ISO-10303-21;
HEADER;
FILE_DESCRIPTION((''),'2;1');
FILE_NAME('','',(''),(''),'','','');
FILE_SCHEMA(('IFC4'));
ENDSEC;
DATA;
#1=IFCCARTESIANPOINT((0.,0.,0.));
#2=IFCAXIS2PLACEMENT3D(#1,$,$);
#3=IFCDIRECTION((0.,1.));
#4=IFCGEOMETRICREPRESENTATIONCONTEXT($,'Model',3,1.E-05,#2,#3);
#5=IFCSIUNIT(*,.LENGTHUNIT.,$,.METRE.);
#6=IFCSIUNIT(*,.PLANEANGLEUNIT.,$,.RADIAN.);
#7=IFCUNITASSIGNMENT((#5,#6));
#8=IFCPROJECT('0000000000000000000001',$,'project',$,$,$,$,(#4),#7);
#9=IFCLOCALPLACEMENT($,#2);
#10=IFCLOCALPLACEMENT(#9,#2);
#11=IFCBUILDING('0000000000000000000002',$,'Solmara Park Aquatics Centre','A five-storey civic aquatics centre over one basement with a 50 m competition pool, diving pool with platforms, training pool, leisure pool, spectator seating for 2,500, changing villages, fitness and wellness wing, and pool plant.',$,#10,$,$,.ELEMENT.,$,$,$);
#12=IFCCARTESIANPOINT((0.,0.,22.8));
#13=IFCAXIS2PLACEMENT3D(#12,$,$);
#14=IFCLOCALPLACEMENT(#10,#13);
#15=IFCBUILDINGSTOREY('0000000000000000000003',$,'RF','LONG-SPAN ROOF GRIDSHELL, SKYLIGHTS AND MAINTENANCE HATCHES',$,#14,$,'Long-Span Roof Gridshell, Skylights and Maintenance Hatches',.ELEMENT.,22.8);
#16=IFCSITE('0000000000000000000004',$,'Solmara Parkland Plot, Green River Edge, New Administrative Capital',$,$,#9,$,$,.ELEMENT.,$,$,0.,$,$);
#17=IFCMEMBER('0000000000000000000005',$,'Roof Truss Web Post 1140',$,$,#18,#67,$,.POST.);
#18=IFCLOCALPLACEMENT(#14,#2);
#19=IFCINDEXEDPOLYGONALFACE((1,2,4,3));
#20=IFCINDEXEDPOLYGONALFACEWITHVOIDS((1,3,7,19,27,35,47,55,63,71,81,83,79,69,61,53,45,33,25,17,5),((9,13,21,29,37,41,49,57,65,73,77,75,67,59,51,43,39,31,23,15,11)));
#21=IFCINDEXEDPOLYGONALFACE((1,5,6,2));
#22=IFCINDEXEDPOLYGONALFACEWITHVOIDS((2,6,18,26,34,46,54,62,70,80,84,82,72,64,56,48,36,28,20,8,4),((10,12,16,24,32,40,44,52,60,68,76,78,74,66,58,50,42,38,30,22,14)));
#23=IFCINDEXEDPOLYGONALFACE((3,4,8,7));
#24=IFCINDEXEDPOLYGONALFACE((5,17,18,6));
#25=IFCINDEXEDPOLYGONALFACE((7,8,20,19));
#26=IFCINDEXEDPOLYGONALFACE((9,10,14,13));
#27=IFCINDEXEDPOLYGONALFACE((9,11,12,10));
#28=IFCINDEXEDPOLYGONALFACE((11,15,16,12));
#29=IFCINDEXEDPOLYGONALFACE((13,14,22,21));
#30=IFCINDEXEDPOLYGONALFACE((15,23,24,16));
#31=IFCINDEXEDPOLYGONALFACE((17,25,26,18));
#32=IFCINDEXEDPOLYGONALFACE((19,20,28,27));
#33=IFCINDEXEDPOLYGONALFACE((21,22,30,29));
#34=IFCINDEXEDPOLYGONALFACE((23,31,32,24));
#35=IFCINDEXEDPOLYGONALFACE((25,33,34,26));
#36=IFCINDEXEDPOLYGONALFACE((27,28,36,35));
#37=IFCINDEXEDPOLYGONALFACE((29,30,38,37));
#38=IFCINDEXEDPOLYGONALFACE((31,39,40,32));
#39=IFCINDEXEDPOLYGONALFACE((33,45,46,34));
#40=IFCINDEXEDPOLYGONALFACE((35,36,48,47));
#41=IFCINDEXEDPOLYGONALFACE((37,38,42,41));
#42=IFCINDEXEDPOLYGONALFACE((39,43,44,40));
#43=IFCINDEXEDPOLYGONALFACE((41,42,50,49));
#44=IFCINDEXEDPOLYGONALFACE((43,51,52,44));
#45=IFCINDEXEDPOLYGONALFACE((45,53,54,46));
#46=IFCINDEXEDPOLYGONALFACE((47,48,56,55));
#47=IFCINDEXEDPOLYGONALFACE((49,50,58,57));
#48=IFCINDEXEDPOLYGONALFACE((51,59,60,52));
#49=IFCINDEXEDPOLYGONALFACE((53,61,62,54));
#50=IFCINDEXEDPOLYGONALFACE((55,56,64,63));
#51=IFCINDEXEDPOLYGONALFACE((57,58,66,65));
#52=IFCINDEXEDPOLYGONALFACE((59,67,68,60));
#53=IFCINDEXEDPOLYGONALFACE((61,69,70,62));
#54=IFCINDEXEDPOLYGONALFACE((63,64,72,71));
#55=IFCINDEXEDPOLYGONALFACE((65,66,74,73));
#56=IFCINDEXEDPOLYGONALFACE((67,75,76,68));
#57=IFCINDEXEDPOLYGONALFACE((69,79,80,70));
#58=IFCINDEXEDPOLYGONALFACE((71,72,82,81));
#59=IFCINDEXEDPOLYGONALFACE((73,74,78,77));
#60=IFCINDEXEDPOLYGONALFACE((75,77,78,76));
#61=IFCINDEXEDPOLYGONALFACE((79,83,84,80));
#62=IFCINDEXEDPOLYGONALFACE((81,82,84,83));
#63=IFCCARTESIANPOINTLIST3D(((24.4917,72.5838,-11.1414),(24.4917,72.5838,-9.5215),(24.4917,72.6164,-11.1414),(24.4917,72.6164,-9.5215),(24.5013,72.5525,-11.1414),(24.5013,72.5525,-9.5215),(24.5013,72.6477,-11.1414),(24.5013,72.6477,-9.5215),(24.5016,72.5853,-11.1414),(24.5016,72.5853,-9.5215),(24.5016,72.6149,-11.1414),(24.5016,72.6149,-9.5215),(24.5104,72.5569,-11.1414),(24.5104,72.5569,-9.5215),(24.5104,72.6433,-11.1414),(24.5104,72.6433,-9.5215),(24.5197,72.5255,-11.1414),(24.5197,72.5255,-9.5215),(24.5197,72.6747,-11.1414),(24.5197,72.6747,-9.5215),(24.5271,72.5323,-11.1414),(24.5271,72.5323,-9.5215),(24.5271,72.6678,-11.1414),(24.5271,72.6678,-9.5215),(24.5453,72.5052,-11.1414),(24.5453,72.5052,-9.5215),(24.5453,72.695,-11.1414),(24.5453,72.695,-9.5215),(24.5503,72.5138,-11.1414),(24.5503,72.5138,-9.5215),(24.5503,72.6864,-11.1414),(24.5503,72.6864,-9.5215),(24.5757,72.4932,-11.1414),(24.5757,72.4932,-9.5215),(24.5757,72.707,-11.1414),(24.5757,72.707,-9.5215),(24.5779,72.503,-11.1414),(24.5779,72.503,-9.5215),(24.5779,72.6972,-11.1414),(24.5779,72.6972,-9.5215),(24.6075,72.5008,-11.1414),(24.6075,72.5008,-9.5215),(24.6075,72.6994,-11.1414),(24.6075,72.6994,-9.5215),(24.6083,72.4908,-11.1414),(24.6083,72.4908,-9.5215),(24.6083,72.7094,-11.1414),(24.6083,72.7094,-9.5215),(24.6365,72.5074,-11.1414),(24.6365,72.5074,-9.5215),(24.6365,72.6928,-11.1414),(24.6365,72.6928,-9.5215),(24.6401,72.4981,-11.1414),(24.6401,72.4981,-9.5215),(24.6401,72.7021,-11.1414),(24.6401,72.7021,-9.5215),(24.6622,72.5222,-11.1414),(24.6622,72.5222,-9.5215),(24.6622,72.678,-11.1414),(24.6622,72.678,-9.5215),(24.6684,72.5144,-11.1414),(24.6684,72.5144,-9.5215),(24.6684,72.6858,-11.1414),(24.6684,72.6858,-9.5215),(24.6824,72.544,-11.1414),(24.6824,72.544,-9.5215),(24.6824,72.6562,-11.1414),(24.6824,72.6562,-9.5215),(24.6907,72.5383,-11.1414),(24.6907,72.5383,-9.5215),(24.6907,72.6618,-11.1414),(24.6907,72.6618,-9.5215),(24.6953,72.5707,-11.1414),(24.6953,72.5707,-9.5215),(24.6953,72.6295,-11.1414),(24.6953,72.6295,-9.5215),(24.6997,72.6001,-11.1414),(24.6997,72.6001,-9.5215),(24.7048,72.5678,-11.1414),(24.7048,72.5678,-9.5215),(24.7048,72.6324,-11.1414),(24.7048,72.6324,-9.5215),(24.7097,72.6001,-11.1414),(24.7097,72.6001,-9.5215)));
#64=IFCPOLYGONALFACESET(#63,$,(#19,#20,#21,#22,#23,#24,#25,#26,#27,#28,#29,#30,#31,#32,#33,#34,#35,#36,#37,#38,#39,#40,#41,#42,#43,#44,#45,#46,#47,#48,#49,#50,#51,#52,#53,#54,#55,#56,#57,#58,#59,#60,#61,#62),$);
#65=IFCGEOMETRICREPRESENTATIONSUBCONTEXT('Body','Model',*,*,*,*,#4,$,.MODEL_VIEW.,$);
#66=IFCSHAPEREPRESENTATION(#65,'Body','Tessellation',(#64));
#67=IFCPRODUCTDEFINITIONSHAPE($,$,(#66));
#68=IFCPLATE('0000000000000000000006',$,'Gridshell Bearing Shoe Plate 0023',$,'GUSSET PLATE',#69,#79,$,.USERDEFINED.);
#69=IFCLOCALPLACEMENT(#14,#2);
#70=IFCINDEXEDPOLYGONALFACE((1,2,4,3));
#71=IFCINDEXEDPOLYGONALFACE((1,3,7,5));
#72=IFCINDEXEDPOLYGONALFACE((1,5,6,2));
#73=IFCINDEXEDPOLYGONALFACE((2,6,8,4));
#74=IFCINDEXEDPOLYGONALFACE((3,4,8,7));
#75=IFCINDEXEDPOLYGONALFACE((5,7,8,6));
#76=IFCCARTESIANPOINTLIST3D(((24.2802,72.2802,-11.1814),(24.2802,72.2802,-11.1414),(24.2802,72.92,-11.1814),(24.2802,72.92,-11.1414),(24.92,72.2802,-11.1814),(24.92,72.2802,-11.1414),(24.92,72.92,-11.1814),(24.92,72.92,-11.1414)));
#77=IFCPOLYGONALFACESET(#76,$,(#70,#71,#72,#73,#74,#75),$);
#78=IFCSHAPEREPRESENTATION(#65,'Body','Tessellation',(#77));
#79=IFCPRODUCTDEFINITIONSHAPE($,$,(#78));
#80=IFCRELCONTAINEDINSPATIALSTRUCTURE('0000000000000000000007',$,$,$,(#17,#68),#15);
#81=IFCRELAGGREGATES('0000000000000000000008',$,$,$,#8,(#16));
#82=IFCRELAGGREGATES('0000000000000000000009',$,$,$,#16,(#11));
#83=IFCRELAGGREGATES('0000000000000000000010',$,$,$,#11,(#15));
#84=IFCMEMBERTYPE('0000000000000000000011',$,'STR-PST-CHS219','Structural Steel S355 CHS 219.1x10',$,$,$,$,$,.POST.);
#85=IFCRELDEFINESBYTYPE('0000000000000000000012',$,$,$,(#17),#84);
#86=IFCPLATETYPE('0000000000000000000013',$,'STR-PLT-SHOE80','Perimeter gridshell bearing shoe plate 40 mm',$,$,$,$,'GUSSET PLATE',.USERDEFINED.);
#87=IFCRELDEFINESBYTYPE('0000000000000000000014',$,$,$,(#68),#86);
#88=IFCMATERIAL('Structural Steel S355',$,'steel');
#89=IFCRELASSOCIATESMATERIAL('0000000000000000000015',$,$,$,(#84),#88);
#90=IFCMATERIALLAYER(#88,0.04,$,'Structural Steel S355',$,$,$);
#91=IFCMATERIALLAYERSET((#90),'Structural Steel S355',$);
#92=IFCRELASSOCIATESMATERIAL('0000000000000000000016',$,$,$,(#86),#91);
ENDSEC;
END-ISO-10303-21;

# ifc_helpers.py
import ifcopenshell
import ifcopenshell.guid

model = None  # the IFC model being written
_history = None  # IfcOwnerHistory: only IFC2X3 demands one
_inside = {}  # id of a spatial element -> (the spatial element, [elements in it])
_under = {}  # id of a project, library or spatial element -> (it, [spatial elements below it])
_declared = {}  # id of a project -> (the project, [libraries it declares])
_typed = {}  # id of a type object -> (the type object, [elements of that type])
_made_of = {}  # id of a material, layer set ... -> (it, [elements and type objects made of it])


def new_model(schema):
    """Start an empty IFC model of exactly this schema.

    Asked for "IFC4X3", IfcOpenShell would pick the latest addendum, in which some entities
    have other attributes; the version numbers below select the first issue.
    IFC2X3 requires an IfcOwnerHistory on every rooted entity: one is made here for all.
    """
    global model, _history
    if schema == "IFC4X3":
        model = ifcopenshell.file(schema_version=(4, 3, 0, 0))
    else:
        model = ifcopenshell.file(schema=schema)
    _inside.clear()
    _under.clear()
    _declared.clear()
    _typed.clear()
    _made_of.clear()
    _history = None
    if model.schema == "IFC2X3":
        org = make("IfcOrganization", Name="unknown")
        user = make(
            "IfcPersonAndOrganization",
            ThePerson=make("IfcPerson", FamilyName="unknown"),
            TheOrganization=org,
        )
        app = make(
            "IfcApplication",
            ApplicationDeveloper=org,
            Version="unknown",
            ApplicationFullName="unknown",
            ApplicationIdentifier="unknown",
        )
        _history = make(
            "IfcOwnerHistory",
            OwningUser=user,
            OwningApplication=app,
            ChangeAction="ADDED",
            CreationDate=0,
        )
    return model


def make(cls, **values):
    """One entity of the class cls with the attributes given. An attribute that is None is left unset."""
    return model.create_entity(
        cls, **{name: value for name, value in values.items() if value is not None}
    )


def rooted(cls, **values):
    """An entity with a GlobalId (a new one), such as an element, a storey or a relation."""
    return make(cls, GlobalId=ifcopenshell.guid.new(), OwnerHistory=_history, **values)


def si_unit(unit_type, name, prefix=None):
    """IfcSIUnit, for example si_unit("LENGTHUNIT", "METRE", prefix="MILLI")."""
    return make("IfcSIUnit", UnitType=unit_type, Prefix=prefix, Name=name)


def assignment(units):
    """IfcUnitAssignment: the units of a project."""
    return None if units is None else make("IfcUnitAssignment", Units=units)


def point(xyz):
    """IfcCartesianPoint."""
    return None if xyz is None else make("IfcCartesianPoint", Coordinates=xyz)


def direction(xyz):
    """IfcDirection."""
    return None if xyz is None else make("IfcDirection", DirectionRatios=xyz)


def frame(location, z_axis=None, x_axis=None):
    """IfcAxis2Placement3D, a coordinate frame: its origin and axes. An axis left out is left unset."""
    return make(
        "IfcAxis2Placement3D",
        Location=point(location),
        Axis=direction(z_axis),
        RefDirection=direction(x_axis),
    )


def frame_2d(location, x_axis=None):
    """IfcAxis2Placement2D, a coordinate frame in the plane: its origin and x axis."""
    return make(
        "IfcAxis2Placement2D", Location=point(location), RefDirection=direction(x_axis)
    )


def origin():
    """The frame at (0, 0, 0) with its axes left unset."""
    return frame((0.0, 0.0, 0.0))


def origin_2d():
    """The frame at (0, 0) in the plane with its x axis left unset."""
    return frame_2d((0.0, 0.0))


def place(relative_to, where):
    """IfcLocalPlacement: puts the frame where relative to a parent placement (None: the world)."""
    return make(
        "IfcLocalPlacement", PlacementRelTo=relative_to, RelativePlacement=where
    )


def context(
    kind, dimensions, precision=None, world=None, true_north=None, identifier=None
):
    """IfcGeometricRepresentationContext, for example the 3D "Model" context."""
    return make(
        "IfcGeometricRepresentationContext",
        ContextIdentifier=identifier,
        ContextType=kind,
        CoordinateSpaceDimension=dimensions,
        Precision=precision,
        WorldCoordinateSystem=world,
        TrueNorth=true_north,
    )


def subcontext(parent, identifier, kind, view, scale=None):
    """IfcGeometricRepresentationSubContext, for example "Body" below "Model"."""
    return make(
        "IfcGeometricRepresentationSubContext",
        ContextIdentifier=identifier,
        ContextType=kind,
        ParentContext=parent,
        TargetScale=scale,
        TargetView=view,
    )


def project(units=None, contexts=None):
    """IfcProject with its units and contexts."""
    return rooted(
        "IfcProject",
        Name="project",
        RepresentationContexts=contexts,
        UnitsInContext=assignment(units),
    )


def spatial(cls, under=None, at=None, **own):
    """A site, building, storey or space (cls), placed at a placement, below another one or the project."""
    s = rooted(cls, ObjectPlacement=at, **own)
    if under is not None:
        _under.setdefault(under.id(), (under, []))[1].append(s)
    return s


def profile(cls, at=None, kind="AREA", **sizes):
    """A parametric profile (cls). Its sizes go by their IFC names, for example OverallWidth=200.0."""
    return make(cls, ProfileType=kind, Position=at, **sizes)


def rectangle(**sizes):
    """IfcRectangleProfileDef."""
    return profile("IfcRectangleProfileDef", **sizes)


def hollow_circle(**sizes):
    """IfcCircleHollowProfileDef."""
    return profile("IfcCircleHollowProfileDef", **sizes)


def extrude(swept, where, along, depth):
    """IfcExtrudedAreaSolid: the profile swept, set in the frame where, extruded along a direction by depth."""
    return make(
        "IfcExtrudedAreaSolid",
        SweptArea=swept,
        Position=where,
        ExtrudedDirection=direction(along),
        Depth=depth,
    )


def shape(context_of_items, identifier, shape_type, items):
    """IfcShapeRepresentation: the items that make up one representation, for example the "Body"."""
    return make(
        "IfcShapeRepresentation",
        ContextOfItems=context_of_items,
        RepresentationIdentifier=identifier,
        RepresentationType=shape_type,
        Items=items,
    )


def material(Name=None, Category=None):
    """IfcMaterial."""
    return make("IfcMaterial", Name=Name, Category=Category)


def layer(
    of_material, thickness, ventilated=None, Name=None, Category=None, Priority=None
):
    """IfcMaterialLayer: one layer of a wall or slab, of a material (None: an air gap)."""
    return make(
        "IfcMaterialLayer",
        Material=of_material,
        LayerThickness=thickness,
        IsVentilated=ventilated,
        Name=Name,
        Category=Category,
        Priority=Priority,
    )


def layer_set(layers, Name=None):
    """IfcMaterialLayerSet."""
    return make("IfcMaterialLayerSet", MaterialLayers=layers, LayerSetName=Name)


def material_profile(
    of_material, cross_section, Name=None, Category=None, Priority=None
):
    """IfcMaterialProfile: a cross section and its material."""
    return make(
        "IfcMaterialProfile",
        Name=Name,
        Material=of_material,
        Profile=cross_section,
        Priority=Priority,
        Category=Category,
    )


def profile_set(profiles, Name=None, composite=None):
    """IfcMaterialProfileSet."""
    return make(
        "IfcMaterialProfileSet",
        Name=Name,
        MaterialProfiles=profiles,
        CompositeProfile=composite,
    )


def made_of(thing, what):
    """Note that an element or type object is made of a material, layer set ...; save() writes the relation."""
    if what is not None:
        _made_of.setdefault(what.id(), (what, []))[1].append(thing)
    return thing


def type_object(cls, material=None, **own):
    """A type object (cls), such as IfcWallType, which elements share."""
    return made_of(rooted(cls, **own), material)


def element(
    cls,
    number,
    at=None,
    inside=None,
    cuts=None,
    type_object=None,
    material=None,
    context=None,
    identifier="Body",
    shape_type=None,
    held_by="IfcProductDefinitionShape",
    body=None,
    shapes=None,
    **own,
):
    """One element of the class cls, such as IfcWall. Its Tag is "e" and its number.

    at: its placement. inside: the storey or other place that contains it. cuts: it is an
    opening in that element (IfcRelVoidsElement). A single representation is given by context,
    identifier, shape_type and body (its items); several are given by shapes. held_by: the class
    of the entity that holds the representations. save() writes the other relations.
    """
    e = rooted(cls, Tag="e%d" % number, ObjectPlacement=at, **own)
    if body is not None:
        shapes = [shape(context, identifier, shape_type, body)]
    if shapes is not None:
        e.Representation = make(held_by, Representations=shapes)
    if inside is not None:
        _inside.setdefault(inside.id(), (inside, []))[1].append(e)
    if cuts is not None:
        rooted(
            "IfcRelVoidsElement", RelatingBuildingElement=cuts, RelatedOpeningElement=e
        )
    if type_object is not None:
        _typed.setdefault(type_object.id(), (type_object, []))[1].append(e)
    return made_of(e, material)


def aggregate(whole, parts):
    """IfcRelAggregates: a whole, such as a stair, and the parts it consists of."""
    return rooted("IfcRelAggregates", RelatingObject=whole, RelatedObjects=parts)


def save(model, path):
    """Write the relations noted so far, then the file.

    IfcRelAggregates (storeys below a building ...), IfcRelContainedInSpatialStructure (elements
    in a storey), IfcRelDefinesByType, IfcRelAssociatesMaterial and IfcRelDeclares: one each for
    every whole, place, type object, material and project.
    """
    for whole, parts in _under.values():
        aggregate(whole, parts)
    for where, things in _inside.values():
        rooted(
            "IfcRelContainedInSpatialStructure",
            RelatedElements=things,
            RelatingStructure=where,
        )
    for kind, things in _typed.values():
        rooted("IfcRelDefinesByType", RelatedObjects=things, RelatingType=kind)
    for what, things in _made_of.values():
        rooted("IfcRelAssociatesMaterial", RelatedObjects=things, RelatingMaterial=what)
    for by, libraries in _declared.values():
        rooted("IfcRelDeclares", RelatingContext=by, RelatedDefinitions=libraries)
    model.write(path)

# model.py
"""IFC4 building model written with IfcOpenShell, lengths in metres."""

from ifc_helpers import new_model, si_unit, direction, frame, origin, origin_2d, place, context, subcontext, project, spatial, rectangle, hollow_circle, extrude, material, layer, layer_set, material_profile, profile_set, type_object, element, save


model = new_model("IFC4")

# Units and contexts
model_context = context("Model", 3, precision=1e-05, world=origin(), true_north=direction((0.0, 1.0)))
body_context = subcontext(model_context, "Body", "Model", "MODEL_VIEW")
ifc_project = project(units=[si_unit("LENGTHUNIT", "METRE"), si_unit("PLANEANGLEUNIT", "RADIAN")], contexts=[model_context])

# Site, building, storey
site_placement = place(None, origin())
site = spatial("IfcSite", under=ifc_project, at=site_placement, Name="Solmara Parkland Plot, Green River Edge, New Administrative Capital", CompositionType="ELEMENT", RefElevation=0.0)
building_placement = place(site_placement, origin())
building = spatial("IfcBuilding", under=site, at=building_placement, Name="Solmara Park Aquatics Centre", Description="A five-storey civic aquatics centre over one basement with a 50 m competition pool, diving pool with platforms, training pool, leisure pool, spectator seating for 2,500, changing villages, fitness and wellness wing, and pool plant.", CompositionType="ELEMENT")
storey_placement = place(building_placement, frame((0.0, 0.0, 22.8)))
storey = spatial("IfcBuildingStorey", under=building, at=storey_placement, Name="RF", Description="LONG-SPAN ROOF GRIDSHELL, SKYLIGHTS AND MAINTENANCE HATCHES", LongName="Long-Span Roof Gridshell, Skylights and Maintenance Hatches", CompositionType="ELEMENT", Elevation=22.8)

# Member
ifc_material_1 = material(Name="Structural Steel S355", Category="steel")
ifc_material_profile_1 = material_profile(ifc_material_1, hollow_circle(Radius=0.1096, WallThickness=0.01, at=origin_2d()), Name="CHS 219.1x10")
ifc_profile_set_1 = profile_set([ifc_material_profile_1], Name="Structural Steel S355")
member_type_1 = type_object("IfcMemberType", Name="STR-PST-CHS219", Description="Structural Steel S355 CHS 219.1x10", PredefinedType="POST", material=ifc_profile_set_1)
member_1_placement = place(storey_placement, frame((24.6001, 72.6001, -11.1414), z_axis=(0.0, 0.0, 1.0), x_axis=(1.0, 0.0, 0.0)))
element("IfcMember", 1, at=member_1_placement, inside=storey, type_object=member_type_1, Name="Roof Truss Web Post 1140", PredefinedType="POST", context=body_context, shape_type="SweptSolid", body=[
    extrude(hollow_circle(Radius=0.1096, WallThickness=0.01, at=origin_2d()), origin(), (0.0, 0.0, 1.0), 1.6199),
])

# Plate
ifc_layer = layer(ifc_material_1, 0.04, Name="Structural Steel S355")
ifc_layer_set = layer_set([ifc_layer], Name="Structural Steel S355")
plate_type = type_object("IfcPlateType", Name="STR-PLT-SHOE80", Description="Perimeter gridshell bearing shoe plate 40 mm", ElementType="GUSSET PLATE", PredefinedType="USERDEFINED", material=ifc_layer_set)
plate_placement = place(storey_placement, frame((24.6001, 72.6001, -11.1814), z_axis=(0.0, 0.0, 1.0), x_axis=(1.0, 0.0, 0.0)))
element("IfcPlate", 2, at=plate_placement, inside=storey, type_object=plate_type, Name="Gridshell Bearing Shoe Plate 0023", ObjectType="GUSSET PLATE", PredefinedType="USERDEFINED", context=body_context, shape_type="SweptSolid", body=[
    extrude(rectangle(XDim=0.6399, YDim=0.6399, at=origin_2d()), origin(), (0.0, 0.0, 1.0), 0.04),
])

save(model, "model.ifc")
